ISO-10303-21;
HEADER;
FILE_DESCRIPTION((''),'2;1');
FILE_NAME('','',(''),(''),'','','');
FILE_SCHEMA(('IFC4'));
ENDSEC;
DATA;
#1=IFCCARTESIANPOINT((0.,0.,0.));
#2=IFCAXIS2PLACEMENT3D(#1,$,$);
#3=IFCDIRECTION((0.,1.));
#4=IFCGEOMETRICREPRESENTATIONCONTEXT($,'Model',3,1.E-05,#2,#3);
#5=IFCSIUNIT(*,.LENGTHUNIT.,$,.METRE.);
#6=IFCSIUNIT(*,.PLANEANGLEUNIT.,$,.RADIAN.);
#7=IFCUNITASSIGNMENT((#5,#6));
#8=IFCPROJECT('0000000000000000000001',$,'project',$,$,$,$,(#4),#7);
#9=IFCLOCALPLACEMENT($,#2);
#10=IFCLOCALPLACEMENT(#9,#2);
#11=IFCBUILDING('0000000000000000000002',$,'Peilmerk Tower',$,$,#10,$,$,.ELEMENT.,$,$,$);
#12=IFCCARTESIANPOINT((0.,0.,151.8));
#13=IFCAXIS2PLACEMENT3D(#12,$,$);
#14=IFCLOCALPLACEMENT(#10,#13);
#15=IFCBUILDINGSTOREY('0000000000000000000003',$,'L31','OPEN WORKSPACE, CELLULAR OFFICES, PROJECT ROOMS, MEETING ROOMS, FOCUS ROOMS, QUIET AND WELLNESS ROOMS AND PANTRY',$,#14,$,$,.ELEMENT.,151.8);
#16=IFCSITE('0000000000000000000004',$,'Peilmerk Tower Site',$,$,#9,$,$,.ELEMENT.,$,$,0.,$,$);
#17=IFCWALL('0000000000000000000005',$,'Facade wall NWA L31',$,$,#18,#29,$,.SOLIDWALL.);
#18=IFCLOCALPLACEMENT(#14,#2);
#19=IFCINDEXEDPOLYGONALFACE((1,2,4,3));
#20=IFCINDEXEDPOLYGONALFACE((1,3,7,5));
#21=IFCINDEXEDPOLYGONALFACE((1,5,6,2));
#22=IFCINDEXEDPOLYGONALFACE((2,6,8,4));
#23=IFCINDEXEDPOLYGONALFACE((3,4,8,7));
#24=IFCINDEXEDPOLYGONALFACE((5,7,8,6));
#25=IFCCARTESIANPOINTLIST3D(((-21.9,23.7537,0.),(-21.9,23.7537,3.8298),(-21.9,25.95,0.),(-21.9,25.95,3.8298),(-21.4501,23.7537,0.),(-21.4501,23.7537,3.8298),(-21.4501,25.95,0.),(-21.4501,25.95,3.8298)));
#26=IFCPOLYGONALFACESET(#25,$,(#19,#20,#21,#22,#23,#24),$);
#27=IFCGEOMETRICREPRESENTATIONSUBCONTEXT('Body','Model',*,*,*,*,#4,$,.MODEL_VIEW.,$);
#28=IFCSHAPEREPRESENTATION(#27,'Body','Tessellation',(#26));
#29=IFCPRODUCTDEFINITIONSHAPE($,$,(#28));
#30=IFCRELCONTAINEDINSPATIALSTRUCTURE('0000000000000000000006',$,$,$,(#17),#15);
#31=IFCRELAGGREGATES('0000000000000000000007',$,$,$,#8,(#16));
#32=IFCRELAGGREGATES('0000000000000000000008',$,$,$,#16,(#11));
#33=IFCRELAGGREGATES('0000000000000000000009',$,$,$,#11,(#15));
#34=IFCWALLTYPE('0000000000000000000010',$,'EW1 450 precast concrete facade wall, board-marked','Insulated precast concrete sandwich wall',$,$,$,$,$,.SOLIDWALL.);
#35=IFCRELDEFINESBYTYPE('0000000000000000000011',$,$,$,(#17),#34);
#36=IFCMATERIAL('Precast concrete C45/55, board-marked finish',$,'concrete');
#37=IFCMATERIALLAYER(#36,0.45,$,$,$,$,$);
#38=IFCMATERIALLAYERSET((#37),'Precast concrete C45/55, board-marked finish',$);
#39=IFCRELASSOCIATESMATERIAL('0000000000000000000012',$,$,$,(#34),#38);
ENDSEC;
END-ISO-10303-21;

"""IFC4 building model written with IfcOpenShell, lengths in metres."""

from ifc_helpers import new_model, si_unit, direction, frame, frame_2d, origin, place, context, subcontext, project, spatial, rectangle, extrude, material, layer, layer_set, type_object, element, save


model = new_model("IFC4")

# Units and contexts
model_context = context("Model", 3, precision=1e-05, world=origin(), true_north=direction((0.0, 1.0)))
body_context = subcontext(model_context, "Body", "Model", "MODEL_VIEW")
ifc_project = project(units=[si_unit("LENGTHUNIT", "METRE"), si_unit("PLANEANGLEUNIT", "RADIAN")], contexts=[model_context])

# Site, building, storey
site_placement = place(None, origin())
site = spatial("IfcSite", under=ifc_project, at=site_placement, Name="Peilmerk Tower Site", CompositionType="ELEMENT", RefElevation=0.0)
building_placement = place(site_placement, origin())
building = spatial("IfcBuilding", under=site, at=building_placement, Name="Peilmerk Tower", CompositionType="ELEMENT")
storey_placement = place(building_placement, frame((0.0, 0.0, 151.8)))
storey = spatial("IfcBuildingStorey", under=building, at=storey_placement, Name="L31", Description="OPEN WORKSPACE, CELLULAR OFFICES, PROJECT ROOMS, MEETING ROOMS, FOCUS ROOMS, QUIET AND WELLNESS ROOMS AND PANTRY", CompositionType="ELEMENT", Elevation=151.8)

# Shared definitions
ifc_material_1 = material(Name="Precast concrete C45/55, board-marked finish", Category="concrete")
ifc_layer_1 = layer(ifc_material_1, 0.45)
ifc_layer_set_1 = layer_set([ifc_layer_1], Name="Precast concrete C45/55, board-marked finish")
wall_type = type_object("IfcWallType", Name="EW1 450 precast concrete facade wall, board-marked", Description="Insulated precast concrete sandwich wall", PredefinedType="SOLIDWALL", material=ifc_layer_set_1)

# Wall
wall_1_placement = place(storey_placement, frame((-21.675, 23.7537, 0.0), z_axis=(0.0, 0.0, 1.0), x_axis=(0.0, 1.0, 0.0)))
element("IfcWall", 1, at=wall_1_placement, inside=storey, type_object=wall_type, Name="Facade wall NWA L31", PredefinedType="SOLIDWALL", context=body_context, shape_type="SweptSolid", body=[
    extrude(rectangle(XDim=2.1963, YDim=0.45, at=frame_2d((1.0981, 0.0))), origin(), (0.0, 0.0, 1.0), 3.8298),
])

save(model, "model.ifc")
